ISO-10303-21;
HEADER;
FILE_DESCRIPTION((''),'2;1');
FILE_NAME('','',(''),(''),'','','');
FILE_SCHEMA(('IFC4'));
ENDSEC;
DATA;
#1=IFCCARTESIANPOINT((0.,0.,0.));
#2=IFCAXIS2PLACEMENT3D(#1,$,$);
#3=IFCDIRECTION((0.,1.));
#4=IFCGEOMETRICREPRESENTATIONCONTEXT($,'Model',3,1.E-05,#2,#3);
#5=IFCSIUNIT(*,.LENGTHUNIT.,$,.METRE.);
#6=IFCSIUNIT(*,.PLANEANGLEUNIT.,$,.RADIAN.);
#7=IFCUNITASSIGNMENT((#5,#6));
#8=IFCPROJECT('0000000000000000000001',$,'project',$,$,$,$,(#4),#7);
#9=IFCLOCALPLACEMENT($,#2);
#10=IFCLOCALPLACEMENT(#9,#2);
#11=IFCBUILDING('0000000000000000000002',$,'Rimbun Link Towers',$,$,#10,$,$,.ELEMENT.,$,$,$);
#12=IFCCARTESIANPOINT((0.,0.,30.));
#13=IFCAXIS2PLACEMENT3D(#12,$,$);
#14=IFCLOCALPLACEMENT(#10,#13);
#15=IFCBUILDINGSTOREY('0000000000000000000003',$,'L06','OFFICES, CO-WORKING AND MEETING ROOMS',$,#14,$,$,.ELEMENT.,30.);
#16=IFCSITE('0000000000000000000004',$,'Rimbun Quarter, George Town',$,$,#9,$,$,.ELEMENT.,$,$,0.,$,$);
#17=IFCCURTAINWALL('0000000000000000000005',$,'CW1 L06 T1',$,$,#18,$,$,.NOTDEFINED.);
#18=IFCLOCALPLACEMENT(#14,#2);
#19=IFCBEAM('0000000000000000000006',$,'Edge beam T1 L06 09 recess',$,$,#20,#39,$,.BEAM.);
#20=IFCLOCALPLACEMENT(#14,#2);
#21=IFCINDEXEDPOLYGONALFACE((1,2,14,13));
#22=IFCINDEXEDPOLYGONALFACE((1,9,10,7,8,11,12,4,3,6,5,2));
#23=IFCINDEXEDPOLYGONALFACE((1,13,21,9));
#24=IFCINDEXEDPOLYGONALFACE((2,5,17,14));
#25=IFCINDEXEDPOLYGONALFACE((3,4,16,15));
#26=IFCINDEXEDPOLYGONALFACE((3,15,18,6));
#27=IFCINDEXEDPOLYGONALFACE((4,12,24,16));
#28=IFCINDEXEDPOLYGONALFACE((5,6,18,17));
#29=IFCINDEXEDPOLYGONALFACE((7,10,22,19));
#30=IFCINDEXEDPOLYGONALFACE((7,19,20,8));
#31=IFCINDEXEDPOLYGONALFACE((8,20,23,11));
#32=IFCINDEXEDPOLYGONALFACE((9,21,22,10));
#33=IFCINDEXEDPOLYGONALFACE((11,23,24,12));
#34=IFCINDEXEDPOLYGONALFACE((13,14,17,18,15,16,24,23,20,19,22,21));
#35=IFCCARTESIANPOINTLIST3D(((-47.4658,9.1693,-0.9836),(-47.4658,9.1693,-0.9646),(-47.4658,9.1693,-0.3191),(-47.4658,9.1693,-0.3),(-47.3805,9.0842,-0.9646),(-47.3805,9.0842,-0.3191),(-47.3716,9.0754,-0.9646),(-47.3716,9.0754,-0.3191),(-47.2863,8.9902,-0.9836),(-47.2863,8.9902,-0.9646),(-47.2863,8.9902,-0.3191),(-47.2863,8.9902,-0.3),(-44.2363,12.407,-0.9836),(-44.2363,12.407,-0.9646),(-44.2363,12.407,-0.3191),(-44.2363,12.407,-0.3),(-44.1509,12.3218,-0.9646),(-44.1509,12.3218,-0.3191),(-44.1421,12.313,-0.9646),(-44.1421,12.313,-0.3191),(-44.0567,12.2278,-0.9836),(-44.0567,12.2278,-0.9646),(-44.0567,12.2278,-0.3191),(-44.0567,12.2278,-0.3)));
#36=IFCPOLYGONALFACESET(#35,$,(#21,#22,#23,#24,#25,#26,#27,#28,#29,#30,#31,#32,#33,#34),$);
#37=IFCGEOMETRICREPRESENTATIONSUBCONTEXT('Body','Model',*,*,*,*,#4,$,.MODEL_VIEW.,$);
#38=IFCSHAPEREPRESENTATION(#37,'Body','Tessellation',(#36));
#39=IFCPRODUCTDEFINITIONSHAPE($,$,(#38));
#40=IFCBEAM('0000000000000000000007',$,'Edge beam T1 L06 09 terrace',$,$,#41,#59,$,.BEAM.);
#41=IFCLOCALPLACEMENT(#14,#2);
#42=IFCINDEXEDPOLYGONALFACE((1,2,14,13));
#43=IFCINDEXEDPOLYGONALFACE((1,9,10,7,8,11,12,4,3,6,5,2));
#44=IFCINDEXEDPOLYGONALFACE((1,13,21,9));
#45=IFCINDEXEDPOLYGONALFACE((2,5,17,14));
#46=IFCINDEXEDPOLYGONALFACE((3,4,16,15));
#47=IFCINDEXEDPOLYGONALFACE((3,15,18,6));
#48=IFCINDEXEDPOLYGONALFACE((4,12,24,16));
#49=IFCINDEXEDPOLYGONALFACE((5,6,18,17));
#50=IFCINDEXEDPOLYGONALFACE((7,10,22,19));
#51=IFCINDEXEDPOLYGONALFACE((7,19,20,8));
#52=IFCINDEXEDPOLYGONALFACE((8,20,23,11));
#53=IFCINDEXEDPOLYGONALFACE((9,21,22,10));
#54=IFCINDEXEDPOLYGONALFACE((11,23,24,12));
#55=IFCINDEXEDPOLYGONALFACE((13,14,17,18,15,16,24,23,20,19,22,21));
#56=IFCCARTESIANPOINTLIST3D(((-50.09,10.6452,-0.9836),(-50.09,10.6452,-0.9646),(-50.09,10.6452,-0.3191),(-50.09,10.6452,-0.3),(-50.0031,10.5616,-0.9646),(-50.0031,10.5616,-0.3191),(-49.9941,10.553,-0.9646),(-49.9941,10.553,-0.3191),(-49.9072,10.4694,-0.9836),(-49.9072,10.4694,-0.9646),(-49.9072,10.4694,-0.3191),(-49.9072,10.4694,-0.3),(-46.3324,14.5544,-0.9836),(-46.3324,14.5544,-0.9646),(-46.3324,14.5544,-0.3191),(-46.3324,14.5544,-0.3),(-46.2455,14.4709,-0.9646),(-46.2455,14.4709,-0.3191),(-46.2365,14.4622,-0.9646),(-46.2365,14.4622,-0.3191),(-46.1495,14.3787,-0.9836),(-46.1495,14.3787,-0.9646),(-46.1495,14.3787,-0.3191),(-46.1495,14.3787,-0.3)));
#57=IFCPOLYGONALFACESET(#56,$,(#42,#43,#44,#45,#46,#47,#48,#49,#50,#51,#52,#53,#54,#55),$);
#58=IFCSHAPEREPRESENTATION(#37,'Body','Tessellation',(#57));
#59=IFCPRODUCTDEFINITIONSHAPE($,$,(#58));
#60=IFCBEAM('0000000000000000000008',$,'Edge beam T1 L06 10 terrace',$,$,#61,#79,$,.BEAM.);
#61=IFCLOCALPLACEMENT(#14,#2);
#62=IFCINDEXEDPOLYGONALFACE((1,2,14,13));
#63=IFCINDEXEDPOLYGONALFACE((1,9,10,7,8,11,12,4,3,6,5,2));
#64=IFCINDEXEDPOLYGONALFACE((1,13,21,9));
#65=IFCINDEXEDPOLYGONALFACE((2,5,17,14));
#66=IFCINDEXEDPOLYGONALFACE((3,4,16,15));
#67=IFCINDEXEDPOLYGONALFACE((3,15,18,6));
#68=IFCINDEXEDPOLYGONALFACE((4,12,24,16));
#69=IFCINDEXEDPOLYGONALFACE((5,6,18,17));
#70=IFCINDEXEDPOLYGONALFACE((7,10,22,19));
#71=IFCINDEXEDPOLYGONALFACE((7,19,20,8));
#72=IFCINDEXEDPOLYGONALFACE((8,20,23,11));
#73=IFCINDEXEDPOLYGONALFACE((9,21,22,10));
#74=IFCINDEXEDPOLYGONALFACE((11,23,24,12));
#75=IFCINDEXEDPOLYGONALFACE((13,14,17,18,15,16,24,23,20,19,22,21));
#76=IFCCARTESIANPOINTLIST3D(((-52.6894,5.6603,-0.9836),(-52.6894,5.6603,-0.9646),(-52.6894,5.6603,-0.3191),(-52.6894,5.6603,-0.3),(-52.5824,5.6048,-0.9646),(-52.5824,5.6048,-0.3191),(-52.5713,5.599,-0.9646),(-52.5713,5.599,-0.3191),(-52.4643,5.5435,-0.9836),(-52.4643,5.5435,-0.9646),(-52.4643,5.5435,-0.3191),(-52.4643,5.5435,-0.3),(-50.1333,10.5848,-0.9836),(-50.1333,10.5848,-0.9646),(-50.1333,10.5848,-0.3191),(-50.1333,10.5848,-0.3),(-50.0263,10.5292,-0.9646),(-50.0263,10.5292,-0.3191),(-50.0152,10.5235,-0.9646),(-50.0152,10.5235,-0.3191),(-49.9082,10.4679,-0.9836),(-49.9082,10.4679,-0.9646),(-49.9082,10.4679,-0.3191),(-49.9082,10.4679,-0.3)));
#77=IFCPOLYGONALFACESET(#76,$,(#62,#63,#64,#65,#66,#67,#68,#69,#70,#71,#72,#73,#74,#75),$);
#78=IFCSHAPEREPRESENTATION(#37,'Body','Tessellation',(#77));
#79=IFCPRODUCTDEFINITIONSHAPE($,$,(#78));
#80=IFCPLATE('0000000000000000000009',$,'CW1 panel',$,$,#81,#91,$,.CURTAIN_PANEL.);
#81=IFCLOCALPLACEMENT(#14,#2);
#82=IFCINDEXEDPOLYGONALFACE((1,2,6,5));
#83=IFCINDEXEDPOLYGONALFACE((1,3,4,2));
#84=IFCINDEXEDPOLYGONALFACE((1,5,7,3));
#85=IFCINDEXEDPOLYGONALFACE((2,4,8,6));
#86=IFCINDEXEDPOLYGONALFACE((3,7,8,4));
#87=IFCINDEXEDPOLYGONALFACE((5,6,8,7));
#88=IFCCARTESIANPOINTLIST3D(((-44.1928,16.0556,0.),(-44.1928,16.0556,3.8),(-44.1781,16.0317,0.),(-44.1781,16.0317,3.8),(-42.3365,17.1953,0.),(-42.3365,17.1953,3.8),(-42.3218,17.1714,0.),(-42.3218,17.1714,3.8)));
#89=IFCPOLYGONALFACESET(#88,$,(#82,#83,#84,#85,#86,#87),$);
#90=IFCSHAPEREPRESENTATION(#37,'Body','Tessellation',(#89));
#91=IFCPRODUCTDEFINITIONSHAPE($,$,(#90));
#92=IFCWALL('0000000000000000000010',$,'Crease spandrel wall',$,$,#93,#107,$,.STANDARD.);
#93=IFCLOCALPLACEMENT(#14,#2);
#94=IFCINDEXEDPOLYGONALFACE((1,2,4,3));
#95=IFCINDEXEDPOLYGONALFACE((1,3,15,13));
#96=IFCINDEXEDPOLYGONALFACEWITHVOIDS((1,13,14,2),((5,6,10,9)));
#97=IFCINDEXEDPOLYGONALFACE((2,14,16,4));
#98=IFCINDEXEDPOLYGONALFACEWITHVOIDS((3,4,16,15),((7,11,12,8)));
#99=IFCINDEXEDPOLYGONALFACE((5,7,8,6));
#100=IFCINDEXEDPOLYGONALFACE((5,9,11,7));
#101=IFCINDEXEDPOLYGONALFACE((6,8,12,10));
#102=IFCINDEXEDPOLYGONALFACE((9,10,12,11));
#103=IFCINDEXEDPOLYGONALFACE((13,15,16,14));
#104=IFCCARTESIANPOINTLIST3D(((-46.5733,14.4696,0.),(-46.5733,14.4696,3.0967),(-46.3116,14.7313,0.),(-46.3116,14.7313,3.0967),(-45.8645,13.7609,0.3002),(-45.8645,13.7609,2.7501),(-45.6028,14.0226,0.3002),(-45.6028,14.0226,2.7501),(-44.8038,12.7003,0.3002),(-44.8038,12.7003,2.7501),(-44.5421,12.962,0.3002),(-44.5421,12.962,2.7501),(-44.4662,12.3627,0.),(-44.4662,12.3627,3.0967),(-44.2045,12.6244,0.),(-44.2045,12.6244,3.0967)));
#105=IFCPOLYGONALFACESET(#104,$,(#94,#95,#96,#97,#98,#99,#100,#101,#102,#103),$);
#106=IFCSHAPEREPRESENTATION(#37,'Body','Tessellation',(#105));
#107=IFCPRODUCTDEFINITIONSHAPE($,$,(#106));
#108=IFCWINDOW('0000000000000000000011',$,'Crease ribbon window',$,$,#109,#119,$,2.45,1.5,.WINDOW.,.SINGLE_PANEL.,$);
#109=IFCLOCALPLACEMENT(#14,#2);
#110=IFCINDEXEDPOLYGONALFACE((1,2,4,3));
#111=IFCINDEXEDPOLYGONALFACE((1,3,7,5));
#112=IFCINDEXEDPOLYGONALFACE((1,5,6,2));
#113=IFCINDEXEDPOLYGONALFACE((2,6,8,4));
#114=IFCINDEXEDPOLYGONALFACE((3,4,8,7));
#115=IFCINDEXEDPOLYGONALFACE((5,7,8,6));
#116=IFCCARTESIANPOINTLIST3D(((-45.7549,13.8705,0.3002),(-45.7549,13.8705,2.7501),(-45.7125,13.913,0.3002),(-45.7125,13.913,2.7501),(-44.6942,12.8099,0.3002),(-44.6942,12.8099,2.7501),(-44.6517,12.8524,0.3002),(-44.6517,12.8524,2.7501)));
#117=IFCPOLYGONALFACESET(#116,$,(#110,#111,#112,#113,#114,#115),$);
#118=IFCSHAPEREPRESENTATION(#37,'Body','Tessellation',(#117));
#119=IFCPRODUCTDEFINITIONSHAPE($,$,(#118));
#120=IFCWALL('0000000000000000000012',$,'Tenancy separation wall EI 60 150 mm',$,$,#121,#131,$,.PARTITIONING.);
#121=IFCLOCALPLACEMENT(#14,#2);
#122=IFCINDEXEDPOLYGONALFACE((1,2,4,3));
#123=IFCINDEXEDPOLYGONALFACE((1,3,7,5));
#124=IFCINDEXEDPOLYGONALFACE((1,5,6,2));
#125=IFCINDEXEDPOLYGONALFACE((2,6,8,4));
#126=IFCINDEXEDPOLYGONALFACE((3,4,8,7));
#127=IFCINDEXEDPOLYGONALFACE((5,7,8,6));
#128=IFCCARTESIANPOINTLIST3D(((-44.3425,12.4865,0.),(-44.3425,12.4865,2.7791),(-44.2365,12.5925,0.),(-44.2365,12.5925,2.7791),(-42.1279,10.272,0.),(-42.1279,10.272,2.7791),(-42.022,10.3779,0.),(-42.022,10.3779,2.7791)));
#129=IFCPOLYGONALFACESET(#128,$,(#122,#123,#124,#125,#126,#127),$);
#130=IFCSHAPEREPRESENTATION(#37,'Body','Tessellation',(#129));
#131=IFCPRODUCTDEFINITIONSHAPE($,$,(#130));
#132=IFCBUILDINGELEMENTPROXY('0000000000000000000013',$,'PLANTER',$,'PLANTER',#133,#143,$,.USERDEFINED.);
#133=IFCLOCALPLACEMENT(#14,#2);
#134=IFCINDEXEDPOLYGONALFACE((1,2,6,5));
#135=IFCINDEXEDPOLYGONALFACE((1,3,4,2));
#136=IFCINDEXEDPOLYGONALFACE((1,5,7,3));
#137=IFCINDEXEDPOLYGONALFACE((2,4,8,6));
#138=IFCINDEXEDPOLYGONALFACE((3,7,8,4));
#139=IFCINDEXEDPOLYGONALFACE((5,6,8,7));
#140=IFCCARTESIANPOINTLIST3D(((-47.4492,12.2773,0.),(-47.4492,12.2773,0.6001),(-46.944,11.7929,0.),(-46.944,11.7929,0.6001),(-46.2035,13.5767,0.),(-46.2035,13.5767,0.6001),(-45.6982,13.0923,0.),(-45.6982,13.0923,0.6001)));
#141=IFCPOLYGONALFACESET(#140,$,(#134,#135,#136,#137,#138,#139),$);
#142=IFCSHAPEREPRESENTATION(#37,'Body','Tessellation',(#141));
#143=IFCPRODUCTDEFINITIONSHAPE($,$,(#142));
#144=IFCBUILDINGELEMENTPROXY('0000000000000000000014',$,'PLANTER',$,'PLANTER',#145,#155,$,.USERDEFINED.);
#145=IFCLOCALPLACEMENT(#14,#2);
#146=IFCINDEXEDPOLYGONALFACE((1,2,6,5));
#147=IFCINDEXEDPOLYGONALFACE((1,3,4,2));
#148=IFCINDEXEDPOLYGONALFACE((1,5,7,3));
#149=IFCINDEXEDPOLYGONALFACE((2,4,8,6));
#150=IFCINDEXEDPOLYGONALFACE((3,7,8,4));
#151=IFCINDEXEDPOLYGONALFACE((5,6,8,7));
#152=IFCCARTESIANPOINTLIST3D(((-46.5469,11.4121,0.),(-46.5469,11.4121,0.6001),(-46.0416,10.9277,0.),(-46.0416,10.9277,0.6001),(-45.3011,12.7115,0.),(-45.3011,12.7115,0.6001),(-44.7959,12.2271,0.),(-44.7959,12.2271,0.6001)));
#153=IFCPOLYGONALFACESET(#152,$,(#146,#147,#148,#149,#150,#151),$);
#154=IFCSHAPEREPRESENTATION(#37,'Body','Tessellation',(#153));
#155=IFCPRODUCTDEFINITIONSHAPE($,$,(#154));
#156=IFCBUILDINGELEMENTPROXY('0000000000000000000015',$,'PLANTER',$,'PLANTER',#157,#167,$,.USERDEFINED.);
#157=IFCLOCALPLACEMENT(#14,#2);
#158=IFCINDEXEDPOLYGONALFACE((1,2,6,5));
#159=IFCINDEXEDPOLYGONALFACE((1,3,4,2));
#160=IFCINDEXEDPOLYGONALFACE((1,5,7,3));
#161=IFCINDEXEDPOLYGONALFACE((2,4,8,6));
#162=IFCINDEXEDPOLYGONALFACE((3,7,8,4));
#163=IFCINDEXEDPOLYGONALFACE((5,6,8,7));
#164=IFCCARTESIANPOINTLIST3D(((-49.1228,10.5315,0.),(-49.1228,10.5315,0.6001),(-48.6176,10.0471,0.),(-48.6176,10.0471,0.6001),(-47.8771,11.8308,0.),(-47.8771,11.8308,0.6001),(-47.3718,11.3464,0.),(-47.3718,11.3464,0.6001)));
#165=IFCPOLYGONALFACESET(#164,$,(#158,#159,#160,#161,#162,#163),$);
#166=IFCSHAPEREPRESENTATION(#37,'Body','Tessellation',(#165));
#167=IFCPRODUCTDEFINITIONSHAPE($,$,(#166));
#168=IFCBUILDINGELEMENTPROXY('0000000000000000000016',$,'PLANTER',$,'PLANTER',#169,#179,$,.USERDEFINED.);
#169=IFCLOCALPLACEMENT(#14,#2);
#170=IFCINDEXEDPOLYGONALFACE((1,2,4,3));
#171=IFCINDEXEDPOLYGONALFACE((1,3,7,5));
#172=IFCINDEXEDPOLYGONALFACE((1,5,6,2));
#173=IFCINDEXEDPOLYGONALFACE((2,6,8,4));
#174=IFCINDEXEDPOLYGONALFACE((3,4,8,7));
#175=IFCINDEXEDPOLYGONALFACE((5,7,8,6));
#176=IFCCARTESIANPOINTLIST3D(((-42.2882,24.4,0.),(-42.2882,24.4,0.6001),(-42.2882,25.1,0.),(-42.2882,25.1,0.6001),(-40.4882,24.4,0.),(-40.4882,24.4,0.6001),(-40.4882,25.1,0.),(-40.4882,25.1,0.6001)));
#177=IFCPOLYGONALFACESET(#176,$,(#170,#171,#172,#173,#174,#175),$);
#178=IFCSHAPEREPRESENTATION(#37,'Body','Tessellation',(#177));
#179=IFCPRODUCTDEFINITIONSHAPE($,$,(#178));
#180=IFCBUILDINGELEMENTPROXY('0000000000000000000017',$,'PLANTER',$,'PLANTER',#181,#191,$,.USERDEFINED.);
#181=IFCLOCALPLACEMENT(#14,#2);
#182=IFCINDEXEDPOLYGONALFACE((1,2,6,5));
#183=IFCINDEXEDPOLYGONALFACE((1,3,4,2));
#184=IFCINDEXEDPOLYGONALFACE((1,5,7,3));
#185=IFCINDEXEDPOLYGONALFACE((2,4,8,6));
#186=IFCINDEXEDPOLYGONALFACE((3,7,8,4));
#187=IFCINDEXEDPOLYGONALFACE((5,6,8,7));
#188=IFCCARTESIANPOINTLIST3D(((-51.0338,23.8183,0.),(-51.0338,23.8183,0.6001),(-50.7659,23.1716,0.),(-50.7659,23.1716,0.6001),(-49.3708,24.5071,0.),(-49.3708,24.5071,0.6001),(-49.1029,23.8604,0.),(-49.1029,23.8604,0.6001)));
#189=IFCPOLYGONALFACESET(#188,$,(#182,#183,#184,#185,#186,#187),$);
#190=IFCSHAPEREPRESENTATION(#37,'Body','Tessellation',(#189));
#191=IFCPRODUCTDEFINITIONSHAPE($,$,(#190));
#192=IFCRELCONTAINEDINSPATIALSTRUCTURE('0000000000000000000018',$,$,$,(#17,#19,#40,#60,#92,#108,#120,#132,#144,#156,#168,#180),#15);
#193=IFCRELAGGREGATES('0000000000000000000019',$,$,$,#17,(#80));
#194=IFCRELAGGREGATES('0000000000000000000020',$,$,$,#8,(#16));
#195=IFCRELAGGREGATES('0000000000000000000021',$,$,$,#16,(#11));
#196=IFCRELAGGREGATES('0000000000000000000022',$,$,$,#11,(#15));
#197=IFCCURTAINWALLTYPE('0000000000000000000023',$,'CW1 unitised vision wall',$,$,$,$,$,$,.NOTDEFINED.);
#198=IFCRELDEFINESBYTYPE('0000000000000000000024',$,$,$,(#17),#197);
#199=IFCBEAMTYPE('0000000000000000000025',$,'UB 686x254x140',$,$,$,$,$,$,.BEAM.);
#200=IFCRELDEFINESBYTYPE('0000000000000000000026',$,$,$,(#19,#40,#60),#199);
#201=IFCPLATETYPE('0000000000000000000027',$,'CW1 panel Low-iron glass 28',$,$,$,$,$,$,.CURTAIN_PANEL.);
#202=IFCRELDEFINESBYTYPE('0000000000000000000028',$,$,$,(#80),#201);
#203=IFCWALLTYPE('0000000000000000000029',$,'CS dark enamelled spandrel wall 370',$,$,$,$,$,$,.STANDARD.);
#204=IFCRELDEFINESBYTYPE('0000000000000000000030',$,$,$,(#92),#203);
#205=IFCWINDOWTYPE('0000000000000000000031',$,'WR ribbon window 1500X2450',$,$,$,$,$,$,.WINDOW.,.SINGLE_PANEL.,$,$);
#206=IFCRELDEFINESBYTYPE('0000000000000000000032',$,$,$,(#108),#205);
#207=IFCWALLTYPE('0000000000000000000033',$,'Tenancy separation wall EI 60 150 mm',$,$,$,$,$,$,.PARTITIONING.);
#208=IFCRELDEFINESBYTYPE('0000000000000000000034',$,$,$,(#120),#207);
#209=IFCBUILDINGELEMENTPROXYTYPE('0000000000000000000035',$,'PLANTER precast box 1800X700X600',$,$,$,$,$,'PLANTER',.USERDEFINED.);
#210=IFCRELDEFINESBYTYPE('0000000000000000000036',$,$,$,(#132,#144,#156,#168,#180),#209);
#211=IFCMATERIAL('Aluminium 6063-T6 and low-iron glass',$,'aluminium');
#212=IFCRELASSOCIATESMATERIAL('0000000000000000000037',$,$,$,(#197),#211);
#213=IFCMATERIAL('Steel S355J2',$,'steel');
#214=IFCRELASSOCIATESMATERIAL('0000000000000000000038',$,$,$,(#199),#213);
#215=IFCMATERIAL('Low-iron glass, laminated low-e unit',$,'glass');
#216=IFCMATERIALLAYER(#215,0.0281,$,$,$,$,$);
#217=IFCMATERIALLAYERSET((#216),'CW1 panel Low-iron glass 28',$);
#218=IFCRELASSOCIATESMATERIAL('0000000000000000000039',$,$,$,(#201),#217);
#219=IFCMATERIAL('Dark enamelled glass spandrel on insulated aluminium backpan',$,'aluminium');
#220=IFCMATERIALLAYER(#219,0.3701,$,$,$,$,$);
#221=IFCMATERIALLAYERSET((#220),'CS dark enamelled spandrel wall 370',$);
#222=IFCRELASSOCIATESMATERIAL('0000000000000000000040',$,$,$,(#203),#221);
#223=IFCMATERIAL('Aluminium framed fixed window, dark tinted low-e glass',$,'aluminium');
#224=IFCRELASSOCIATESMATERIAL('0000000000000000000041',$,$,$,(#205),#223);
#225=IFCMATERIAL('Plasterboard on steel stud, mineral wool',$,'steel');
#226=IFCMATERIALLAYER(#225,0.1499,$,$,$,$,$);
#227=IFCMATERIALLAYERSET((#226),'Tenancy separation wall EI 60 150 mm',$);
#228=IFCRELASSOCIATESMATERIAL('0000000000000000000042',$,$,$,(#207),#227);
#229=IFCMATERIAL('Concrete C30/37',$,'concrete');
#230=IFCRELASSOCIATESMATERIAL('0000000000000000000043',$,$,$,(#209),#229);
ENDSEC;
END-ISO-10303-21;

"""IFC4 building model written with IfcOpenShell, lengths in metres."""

from ifc_helpers import new_model, si_unit, direction, frame, frame_2d, origin, origin_2d, place, context, subcontext, project, spatial, rectangle, i_section, extrude, material, layer, layer_set, material_profile, profile_set, type_object, element, fill, aggregate, save


model = new_model("IFC4")

# Units and contexts
model_context = context("Model", 3, precision=1e-05, world=origin(), true_north=direction((0.0, 1.0)))
body_context = subcontext(model_context, "Body", "Model", "MODEL_VIEW")
ifc_project = project(units=[si_unit("LENGTHUNIT", "METRE"), si_unit("PLANEANGLEUNIT", "RADIAN")], contexts=[model_context])

# Site, building, storey
site_placement = place(None, origin())
site = spatial("IfcSite", under=ifc_project, at=site_placement, Name="Rimbun Quarter, George Town", CompositionType="ELEMENT", RefElevation=0.0)
building_placement = place(site_placement, origin())
building = spatial("IfcBuilding", under=site, at=building_placement, Name="Rimbun Link Towers", CompositionType="ELEMENT")
storey_placement = place(building_placement, frame((0.0, 0.0, 30.0)))
storey = spatial("IfcBuildingStorey", under=building, at=storey_placement, Name="L06", Description="OFFICES, CO-WORKING AND MEETING ROOMS", CompositionType="ELEMENT", Elevation=30.0)

# Curtain wall
ifc_material_1 = material(Name="Aluminium 6063-T6 and low-iron glass", Category="aluminium")
curtain_wall_type = type_object("IfcCurtainWallType", Name="CW1 unitised vision wall", PredefinedType="NOTDEFINED", material=ifc_material_1)
curtain_wall_placement = place(storey_placement, origin())
curtain_wall = element("IfcCurtainWall", 1, at=curtain_wall_placement, inside=storey, type_object=curtain_wall_type, Name="CW1 L06 T1", PredefinedType="NOTDEFINED")

# Beams
ifc_material_2 = material(Name="Steel S355J2", Category="steel")
ifc_material_profile_1 = material_profile(ifc_material_2, i_section(OverallWidth=0.2537, OverallDepth=0.6836, WebThickness=0.0125, FlangeThickness=0.019, at=origin_2d()), Name="UB 686x254x140")
ifc_profile_set_1 = profile_set([ifc_material_profile_1], Name="Steel S355J2")
beam_type_1 = type_object("IfcBeamType", Name="UB 686x254x140", PredefinedType="BEAM", material=ifc_profile_set_1)
beam_1_placement = place(storey_placement, frame((-44.1465, 12.3174, -0.6418), z_axis=(-0.706225, -0.707987, 0.0), x_axis=(0.707987, -0.706225, 0.0)))
element("IfcBeam", 2, at=beam_1_placement, inside=storey, type_object=beam_type_1, Name="Edge beam T1 L06 09 recess", PredefinedType="BEAM", context=body_context, shape_type="SweptSolid", body=[
    extrude(i_section(OverallWidth=0.2537, OverallDepth=0.6836, WebThickness=0.0125, FlangeThickness=0.019, at=origin_2d()), origin(), (0.0, 0.0, 1.0), 4.573),
])
beam_2_placement = place(storey_placement, frame((-46.241, 14.4666, -0.6418), z_axis=(-0.692988, -0.720949, 0.0), x_axis=(0.720949, -0.692988, 0.0)))
element("IfcBeam", 3, at=beam_2_placement, inside=storey, type_object=beam_type_1, Name="Edge beam T1 L06 09 terrace", PredefinedType="BEAM", context=body_context, shape_type="SweptSolid", body=[
    extrude(i_section(OverallWidth=0.2537, OverallDepth=0.6836, WebThickness=0.0125, FlangeThickness=0.019, at=origin_2d()), origin(), (0.0, 0.0, 1.0), 5.4224),
])
beam_3_placement = place(storey_placement, frame((-50.0208, 10.5264, -0.6418), z_axis=(-0.460697, -0.887557, 0.0), x_axis=(0.887557, -0.460697, 0.0)))
element("IfcBeam", 4, at=beam_3_placement, inside=storey, type_object=beam_type_1, Name="Edge beam T1 L06 10 terrace", PredefinedType="BEAM", context=body_context, shape_type="SweptSolid", body=[
    extrude(i_section(OverallWidth=0.2537, OverallDepth=0.6836, WebThickness=0.0125, FlangeThickness=0.019, at=origin_2d()), origin(), (0.0, 0.0, 1.0), 5.5483),
])

# Plate
ifc_material_3 = material(Name="Low-iron glass, laminated low-e unit", Category="glass")
ifc_layer_1 = layer(ifc_material_3, 0.0281)
ifc_layer_set_1 = layer_set([ifc_layer_1], Name="CW1 panel Low-iron glass 28")
plate_type = type_object("IfcPlateType", Name="CW1 panel Low-iron glass 28", PredefinedType="CURTAIN_PANEL", material=ifc_layer_set_1)
plate_placement = place(storey_placement, frame((-43.2573, 16.6135, 0.0), z_axis=(0.0, 0.0, 1.0), x_axis=(0.85219, 0.523232, 0.0)))
plate = element("IfcPlate", 5, at=plate_placement, type_object=plate_type, Name="CW1 panel", PredefinedType="CURTAIN_PANEL", context=body_context, shape_type="SweptSolid", body=[
    extrude(rectangle(XDim=2.1782, YDim=0.0281, at=origin_2d()), origin(), (0.0, 0.0, 1.0), 3.8),
])
aggregate(curtain_wall, [plate])

# Wall, opening, window
ifc_material_4 = material(Name="Dark enamelled glass spandrel on insulated aluminium backpan", Category="aluminium")
ifc_layer_2 = layer(ifc_material_4, 0.3701)
ifc_layer_set_2 = layer_set([ifc_layer_2], Name="CS dark enamelled spandrel wall 370")
wall_type_1 = type_object("IfcWallType", Name="CS dark enamelled spandrel wall 370", PredefinedType="STANDARD", material=ifc_layer_set_2)
wall_1_placement = place(storey_placement, frame((-44.3354, 12.4937, 0.0), z_axis=(0.0, 0.0, 1.0), x_axis=(-0.707148, 0.707066, 0.0)))
wall_1 = element("IfcWall", 6, at=wall_1_placement, inside=storey, type_object=wall_type_1, Name="Crease spandrel wall", PredefinedType="STANDARD", context=body_context, shape_type="SweptSolid", body=[
    extrude(rectangle(XDim=2.9797, YDim=0.3701, at=frame_2d((1.4897, 0.0))), origin(), (0.0, 0.0, 1.0), 3.0967),
])
opening_placement = place(wall_1_placement, frame((0.4773, 0.0, 0.3)))
opening = element("IfcOpeningElement", 7, at=opening_placement, cuts=wall_1, PredefinedType="OPENING", context=body_context, shape_type="SweptSolid", body=[
    extrude(rectangle(XDim=1.5, YDim=2.45, at=frame_2d((0.75, 1.2251))), frame((0.0, 0.1951, 0.0), z_axis=(0.0, -1.0, 0.0), x_axis=(1.0, 0.0, 0.0)), (0.0, 0.0, 1.0), 0.3901),
])
ifc_material_5 = material(Name="Aluminium framed fixed window, dark tinted low-e glass", Category="aluminium")
window_type = type_object("IfcWindowType", Name="WR ribbon window 1500X2450", PartitioningType="SINGLE_PANEL", PredefinedType="WINDOW", material=ifc_material_5)
window_placement = place(opening_placement, origin())
window = element("IfcWindow", 8, at=window_placement, inside=storey, type_object=window_type, Name="Crease ribbon window", OverallHeight=2.45, OverallWidth=1.5, PartitioningType="SINGLE_PANEL", PredefinedType="WINDOW", context=body_context, shape_type="SweptSolid", body=[
    extrude(rectangle(XDim=1.5, YDim=2.45, at=frame_2d((0.75, 1.2251))), frame((0.0, 0.03, 0.0), z_axis=(0.0, -1.0, 0.0), x_axis=(1.0, 0.0, 0.0)), (0.0, 0.0, 1.0), 0.0601),
])
fill(opening, window)

# Wall
ifc_material_6 = material(Name="Plasterboard on steel stud, mineral wool", Category="steel")
ifc_layer_3 = layer(ifc_material_6, 0.1499)
ifc_layer_set_3 = layer_set([ifc_layer_3], Name="Tenancy separation wall EI 60 150 mm")
wall_type_2 = type_object("IfcWallType", Name="Tenancy separation wall EI 60 150 mm", PredefinedType="PARTITIONING", material=ifc_layer_set_3)
wall_2_placement = place(storey_placement, frame((-42.075, 10.325, 0.0), z_axis=(0.0, 0.0, 1.0), x_axis=(-0.707107, 0.707107, 0.0)))
element("IfcWall", 9, at=wall_2_placement, inside=storey, type_object=wall_type_2, Name="Tenancy separation wall EI 60 150 mm", PredefinedType="PARTITIONING", context=body_context, shape_type="SweptSolid", body=[
    extrude(rectangle(XDim=3.1318, YDim=0.1499, at=frame_2d((1.5659, 0.0))), origin(), (0.0, 0.0, 1.0), 2.7791),
])

# Building element proxies
ifc_material_7 = material(Name="Concrete C30/37", Category="concrete")
building_element_proxy_type = type_object("IfcBuildingElementProxyType", Name="PLANTER precast box 1800X700X600", ElementType="PLANTER", PredefinedType="USERDEFINED", material=ifc_material_7)
for number, where, z_axis, x_axis, name in (
    (10, (-46.5737, 12.6848, 0.0), (0.0, 0.0, 1.0), (-0.692056, -0.721844, 0.0), "PLANTER"),
    (11, (-45.6714, 11.8196, 0.0), (0.0, 0.0, 1.0), (-0.692056, -0.721844, 0.0), "PLANTER"),
    (12, (-48.2473, 10.939, 0.0), (0.0, 0.0, 1.0), (-0.692056, -0.721844, 0.0), "PLANTER"),
    (13, (-41.3882, 24.75, 0.0), (0.0, 0.0, 1.0), (-1.0, 0.0, 0.0), "PLANTER"),
    (14, (-50.0684, 23.8394, 0.0), (0.0, 0.0, 1.0), (-0.923881, -0.382679, 0.0), "PLANTER"),
):
    element("IfcBuildingElementProxy", number, at=place(storey_placement, frame(where, z_axis=z_axis, x_axis=x_axis)), inside=storey, type_object=building_element_proxy_type, Name=name, ObjectType="PLANTER", PredefinedType="USERDEFINED", context=body_context, shape_type="SweptSolid", body=[
        extrude(rectangle(XDim=1.8, YDim=0.7, at=origin_2d()), origin(), (0.0, 0.0, 1.0), 0.6001),
    ])

save(model, "model.ifc")
